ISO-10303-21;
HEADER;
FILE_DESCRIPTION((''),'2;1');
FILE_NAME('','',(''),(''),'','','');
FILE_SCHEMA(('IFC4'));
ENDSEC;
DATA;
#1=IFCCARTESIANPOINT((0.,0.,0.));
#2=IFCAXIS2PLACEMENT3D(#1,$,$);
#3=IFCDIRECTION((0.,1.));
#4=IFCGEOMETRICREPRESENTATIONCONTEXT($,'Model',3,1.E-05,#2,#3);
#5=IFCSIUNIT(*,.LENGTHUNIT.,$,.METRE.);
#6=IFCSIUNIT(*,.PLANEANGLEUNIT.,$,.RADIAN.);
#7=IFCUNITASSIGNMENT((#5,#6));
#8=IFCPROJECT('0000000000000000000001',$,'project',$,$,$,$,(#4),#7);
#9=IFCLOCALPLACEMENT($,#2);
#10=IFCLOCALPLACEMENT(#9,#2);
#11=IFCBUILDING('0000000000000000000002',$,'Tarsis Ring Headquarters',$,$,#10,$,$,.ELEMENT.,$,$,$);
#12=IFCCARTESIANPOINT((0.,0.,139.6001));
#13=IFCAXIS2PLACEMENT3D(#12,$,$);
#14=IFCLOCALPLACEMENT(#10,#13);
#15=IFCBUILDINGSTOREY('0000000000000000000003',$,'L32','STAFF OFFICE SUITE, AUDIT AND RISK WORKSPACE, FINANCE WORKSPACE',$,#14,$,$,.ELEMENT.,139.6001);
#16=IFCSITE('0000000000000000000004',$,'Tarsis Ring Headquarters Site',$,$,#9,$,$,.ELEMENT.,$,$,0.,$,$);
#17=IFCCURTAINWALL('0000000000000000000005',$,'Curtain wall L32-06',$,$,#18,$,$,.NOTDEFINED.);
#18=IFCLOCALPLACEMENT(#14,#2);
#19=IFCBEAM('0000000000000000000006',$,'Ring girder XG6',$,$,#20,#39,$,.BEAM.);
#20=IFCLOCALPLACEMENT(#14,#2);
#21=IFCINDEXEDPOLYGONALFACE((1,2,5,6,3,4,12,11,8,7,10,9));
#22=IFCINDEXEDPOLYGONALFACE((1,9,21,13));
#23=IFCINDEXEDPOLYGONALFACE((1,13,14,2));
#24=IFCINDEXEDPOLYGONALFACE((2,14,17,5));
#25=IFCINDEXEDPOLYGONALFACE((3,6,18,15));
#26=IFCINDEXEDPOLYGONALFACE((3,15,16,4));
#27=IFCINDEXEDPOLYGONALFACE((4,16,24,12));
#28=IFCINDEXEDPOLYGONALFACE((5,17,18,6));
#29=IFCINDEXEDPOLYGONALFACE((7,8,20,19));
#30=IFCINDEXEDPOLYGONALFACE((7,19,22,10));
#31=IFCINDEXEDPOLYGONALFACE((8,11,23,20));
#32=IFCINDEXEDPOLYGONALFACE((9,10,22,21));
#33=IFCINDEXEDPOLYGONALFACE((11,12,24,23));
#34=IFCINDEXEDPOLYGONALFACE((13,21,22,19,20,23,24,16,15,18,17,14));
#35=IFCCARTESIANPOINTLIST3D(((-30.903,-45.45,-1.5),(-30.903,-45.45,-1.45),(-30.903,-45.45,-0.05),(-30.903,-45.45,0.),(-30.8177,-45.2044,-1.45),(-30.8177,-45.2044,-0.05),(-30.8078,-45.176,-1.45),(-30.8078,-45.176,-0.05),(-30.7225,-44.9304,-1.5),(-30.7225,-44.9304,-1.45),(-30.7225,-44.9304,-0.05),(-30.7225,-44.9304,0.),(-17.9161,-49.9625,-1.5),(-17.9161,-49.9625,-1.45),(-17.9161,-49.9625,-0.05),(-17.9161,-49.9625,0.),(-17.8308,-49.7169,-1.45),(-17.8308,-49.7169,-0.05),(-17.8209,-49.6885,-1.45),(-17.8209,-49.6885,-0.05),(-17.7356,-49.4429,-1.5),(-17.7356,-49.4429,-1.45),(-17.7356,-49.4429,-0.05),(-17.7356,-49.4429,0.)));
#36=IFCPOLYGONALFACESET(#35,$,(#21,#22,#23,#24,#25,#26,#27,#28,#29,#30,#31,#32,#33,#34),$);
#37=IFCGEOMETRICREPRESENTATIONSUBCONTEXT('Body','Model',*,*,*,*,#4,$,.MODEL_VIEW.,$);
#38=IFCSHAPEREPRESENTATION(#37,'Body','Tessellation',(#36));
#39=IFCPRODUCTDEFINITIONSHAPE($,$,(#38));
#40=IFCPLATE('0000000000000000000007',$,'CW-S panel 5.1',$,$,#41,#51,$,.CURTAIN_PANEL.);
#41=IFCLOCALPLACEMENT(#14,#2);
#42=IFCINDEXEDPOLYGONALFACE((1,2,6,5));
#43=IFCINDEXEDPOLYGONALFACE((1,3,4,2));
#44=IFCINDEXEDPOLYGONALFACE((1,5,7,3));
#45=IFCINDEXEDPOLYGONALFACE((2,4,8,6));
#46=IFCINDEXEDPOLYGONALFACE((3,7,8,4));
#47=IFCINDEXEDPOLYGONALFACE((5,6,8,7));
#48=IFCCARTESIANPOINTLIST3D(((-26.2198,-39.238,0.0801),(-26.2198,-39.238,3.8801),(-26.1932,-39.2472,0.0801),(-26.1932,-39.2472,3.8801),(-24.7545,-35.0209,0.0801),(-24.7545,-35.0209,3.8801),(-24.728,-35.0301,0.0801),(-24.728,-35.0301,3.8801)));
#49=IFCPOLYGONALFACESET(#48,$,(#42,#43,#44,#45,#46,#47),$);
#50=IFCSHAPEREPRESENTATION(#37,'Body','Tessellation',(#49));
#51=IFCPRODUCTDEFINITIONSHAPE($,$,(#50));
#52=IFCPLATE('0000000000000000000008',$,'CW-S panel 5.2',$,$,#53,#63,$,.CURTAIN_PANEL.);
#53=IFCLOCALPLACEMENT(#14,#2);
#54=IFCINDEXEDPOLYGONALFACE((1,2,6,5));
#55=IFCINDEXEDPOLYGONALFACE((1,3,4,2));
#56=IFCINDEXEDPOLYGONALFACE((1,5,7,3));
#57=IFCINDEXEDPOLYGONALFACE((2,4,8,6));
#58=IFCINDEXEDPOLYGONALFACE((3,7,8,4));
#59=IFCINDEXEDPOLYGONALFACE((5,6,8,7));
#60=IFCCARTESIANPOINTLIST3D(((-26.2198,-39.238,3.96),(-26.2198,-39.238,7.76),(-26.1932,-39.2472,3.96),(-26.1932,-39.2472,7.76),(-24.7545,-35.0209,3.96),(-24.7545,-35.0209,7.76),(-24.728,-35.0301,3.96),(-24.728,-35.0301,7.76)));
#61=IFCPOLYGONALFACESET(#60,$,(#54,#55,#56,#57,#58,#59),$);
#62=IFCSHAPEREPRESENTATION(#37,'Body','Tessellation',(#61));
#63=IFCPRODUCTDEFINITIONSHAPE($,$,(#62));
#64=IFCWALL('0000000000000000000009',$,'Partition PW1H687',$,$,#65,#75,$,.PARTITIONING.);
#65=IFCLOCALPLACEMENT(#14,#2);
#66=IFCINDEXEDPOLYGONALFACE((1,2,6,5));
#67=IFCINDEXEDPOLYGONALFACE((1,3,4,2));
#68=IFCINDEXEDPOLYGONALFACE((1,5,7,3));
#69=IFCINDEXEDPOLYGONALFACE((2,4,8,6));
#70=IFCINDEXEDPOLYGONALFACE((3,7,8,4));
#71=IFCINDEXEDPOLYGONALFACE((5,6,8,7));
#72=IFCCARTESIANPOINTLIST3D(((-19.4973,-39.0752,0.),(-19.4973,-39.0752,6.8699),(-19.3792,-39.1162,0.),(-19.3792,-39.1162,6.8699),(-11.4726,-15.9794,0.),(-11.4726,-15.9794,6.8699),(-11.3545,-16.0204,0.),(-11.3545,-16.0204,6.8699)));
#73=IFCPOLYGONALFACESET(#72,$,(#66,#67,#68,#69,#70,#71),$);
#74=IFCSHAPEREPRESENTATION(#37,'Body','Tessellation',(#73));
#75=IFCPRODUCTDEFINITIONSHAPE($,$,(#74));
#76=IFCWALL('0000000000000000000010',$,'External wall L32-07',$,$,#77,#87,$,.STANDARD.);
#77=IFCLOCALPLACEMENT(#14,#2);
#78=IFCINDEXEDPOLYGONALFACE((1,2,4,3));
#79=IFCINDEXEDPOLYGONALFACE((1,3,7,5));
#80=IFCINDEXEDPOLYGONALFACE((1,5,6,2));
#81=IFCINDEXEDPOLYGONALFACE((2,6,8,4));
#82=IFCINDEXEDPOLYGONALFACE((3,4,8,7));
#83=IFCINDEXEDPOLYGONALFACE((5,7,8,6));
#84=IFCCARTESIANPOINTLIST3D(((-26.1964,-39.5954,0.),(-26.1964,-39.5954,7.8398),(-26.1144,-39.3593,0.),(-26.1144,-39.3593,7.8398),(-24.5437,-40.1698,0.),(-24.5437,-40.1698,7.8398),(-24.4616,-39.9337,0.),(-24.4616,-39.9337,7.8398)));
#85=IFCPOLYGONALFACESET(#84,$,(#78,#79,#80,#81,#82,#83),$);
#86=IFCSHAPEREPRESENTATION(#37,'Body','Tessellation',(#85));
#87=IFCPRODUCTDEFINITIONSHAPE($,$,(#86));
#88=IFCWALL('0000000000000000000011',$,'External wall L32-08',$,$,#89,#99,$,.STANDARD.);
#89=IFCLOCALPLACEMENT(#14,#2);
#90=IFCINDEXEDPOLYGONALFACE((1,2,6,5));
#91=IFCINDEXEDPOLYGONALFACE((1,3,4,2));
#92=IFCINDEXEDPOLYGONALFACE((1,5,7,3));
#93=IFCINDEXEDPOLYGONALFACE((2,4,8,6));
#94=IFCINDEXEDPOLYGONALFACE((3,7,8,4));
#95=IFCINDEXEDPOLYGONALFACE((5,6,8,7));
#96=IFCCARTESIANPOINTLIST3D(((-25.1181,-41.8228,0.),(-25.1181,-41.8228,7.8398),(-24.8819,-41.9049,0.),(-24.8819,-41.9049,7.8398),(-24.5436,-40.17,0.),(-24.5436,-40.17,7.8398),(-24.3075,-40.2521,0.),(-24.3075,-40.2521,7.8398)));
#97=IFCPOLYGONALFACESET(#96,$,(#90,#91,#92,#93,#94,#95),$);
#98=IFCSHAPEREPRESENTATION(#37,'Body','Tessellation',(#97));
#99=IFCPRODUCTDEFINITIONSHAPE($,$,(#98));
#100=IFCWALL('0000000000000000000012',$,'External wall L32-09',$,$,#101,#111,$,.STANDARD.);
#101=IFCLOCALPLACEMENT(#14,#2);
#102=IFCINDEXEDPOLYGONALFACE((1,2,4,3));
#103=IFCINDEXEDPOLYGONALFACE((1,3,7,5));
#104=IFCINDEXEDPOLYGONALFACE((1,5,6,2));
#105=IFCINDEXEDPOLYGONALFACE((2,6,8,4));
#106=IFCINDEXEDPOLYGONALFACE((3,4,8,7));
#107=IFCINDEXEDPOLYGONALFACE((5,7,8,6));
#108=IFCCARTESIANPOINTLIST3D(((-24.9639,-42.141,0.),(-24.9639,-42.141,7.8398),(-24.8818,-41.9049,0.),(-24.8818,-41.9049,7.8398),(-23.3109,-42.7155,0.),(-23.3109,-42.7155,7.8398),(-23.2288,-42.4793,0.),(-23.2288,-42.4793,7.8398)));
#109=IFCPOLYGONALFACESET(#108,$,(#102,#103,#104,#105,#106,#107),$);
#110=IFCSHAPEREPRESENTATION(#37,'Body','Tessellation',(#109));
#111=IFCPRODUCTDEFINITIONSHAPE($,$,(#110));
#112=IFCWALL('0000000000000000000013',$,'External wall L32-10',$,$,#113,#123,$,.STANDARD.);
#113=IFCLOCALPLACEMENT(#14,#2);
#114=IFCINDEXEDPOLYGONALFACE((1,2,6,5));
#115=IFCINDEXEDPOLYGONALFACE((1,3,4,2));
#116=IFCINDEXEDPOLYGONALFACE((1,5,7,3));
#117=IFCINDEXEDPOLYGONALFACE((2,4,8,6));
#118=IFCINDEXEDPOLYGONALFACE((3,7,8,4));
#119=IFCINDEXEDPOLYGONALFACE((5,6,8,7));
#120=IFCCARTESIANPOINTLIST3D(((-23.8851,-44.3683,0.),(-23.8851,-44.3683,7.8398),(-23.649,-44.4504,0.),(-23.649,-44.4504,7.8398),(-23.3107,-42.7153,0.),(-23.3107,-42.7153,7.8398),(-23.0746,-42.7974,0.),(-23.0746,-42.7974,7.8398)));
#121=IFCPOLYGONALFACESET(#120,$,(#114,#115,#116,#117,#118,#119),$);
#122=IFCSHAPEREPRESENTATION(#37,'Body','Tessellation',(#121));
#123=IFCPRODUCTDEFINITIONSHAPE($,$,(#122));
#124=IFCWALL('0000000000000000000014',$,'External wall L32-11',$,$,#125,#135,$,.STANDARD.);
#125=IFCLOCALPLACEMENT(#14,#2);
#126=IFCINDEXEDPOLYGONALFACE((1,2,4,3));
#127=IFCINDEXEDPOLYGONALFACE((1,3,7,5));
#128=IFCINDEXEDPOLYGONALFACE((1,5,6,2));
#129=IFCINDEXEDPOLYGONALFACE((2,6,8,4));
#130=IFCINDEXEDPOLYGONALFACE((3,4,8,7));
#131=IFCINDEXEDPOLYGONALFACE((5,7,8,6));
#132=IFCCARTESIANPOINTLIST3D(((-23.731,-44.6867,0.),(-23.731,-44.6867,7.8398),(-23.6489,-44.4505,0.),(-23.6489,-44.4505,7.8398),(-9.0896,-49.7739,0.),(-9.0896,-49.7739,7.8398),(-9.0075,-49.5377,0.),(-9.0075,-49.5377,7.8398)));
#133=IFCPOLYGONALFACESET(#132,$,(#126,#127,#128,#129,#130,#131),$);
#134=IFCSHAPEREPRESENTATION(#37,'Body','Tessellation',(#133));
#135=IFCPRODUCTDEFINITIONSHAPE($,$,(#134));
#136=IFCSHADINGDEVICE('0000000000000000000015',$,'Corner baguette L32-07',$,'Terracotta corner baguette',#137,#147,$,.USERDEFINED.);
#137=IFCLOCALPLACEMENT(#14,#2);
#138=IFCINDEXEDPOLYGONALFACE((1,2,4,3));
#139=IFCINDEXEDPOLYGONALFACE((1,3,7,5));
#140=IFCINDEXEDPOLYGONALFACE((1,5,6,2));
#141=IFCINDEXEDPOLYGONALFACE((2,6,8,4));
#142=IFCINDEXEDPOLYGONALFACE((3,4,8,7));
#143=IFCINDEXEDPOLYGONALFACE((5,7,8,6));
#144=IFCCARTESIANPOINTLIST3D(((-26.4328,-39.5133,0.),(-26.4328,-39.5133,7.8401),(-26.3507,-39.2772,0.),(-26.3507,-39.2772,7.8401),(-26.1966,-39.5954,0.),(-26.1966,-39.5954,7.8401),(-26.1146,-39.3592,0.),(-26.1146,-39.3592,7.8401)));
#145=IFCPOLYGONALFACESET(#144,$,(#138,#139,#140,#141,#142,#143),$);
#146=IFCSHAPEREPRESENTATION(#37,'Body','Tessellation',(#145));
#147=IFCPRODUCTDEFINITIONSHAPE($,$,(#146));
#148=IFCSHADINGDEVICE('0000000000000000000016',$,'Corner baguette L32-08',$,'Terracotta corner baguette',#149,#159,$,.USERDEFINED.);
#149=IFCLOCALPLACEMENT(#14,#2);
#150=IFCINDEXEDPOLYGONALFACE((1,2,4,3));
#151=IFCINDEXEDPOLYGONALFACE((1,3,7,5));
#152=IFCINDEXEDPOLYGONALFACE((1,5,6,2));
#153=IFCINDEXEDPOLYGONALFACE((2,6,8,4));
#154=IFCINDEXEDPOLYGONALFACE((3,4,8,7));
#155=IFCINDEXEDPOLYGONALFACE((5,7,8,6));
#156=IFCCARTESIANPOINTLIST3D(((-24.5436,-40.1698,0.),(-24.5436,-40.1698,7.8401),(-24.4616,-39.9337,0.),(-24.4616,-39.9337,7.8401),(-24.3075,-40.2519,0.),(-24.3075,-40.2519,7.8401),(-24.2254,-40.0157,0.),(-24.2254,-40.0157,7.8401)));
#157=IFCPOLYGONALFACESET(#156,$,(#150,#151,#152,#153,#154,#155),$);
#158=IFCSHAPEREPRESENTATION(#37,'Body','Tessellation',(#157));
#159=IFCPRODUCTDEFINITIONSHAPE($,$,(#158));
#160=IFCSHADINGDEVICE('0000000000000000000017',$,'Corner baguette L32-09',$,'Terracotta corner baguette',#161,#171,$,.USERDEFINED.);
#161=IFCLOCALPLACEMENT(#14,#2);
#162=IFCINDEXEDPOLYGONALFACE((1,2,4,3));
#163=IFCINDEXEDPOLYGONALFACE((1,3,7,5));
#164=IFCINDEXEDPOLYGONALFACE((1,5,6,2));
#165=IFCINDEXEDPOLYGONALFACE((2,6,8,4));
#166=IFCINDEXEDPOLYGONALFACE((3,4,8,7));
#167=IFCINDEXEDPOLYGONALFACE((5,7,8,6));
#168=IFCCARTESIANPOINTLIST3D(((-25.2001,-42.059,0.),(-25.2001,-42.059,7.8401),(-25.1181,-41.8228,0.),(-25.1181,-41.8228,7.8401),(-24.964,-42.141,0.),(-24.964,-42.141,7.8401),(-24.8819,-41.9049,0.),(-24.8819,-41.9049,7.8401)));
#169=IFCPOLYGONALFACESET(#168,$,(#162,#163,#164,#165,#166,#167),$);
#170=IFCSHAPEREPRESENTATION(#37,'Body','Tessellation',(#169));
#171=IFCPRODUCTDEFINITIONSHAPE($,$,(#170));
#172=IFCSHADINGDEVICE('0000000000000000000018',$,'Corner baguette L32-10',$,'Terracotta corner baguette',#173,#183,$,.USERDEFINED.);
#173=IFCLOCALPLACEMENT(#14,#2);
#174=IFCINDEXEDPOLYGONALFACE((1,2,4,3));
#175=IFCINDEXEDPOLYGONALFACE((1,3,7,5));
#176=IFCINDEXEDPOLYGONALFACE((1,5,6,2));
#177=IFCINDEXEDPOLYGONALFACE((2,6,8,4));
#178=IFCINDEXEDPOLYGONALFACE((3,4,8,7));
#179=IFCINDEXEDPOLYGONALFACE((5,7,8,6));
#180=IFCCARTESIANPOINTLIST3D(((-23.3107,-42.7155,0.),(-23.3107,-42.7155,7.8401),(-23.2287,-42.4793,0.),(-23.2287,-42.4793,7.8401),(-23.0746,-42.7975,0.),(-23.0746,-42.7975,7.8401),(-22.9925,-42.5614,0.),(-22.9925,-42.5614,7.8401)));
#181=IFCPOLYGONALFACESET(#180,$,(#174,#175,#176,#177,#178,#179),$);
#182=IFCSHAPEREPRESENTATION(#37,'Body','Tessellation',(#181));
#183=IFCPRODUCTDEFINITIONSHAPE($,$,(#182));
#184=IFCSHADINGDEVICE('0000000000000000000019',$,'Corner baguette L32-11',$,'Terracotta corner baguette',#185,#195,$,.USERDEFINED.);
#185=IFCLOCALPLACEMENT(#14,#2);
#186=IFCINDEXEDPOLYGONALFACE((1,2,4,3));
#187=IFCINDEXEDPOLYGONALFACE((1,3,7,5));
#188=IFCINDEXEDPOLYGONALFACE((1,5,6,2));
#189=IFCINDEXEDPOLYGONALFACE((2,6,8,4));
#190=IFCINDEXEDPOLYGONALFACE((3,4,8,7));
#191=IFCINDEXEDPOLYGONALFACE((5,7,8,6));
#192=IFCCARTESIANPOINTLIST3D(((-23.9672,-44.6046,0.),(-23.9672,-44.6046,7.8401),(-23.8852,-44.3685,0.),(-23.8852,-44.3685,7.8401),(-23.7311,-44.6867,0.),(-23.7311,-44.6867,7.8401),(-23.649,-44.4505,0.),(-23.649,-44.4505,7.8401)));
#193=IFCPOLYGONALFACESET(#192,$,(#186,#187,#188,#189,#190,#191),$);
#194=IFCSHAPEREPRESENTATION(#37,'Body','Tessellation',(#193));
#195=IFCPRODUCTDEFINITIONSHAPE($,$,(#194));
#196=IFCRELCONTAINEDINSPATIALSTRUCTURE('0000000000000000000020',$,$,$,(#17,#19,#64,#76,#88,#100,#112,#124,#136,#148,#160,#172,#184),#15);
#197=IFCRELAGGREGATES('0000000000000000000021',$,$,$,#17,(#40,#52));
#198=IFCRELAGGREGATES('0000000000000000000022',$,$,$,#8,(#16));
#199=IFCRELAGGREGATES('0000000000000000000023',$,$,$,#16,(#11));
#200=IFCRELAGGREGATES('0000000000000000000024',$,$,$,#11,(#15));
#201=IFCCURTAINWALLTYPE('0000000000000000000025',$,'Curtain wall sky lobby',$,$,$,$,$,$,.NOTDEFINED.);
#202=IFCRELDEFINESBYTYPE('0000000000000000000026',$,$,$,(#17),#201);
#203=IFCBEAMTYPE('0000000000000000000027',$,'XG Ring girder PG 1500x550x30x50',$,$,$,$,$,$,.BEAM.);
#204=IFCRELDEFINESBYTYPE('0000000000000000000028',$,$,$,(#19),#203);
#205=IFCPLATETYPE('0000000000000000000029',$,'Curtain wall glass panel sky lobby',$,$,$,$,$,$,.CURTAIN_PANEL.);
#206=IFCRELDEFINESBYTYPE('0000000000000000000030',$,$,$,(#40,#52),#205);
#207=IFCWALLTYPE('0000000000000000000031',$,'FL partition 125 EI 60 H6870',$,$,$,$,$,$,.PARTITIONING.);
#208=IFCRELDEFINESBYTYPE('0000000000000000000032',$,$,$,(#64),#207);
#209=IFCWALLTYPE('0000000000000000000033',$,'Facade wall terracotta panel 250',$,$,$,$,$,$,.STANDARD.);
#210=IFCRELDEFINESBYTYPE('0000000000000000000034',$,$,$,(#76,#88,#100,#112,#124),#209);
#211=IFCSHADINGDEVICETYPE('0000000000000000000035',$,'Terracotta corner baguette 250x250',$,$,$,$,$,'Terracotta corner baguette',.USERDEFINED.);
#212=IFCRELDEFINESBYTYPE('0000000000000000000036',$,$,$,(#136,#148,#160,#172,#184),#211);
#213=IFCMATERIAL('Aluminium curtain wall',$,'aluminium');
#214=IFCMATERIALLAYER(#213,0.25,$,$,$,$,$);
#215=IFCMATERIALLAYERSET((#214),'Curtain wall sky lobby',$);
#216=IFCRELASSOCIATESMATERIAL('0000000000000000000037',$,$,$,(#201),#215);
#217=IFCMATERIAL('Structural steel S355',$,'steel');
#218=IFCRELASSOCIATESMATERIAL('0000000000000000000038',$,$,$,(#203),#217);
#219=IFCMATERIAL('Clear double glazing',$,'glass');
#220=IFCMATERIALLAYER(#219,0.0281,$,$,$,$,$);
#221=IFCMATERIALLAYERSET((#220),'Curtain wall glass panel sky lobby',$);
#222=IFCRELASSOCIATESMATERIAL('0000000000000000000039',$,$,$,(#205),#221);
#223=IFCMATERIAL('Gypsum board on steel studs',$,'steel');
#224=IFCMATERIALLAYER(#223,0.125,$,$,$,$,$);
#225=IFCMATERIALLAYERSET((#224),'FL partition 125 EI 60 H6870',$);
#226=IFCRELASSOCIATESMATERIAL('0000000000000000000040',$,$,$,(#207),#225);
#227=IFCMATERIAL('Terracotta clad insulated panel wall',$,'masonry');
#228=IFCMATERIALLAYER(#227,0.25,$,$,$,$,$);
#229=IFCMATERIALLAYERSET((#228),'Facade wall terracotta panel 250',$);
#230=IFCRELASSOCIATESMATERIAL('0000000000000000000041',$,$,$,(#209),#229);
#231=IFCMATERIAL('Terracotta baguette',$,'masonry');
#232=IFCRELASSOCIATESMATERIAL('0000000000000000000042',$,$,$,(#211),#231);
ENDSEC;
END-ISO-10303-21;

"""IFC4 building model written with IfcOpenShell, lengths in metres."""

from ifc_helpers import new_model, si_unit, direction, frame, frame_2d, origin, origin_2d, place, context, subcontext, project, spatial, rectangle, i_section, extrude, material, layer, layer_set, material_profile, profile_set, type_object, element, aggregate, save


model = new_model("IFC4")

# Units and contexts
model_context = context("Model", 3, precision=1e-05, world=origin(), true_north=direction((0.0, 1.0)))
body_context = subcontext(model_context, "Body", "Model", "MODEL_VIEW")
ifc_project = project(units=[si_unit("LENGTHUNIT", "METRE"), si_unit("PLANEANGLEUNIT", "RADIAN")], contexts=[model_context])

# Site, building, storey
site_placement = place(None, origin())
site = spatial("IfcSite", under=ifc_project, at=site_placement, Name="Tarsis Ring Headquarters Site", CompositionType="ELEMENT", RefElevation=0.0)
building_placement = place(site_placement, origin())
building = spatial("IfcBuilding", under=site, at=building_placement, Name="Tarsis Ring Headquarters", CompositionType="ELEMENT")
storey_placement = place(building_placement, frame((0.0, 0.0, 139.6001)))
storey = spatial("IfcBuildingStorey", under=building, at=storey_placement, Name="L32", Description="STAFF OFFICE SUITE, AUDIT AND RISK WORKSPACE, FINANCE WORKSPACE", CompositionType="ELEMENT", Elevation=139.6001)

# Shared definitions
ifc_material_1 = material(Name="Structural steel S355", Category="steel")

# Curtain wall
ifc_material_2 = material(Name="Aluminium curtain wall", Category="aluminium")
ifc_layer_1 = layer(ifc_material_2, 0.25)
ifc_layer_set_1 = layer_set([ifc_layer_1], Name="Curtain wall sky lobby")
curtain_wall_type = type_object("IfcCurtainWallType", Name="Curtain wall sky lobby", PredefinedType="NOTDEFINED", material=ifc_layer_set_1)
curtain_wall_placement = place(storey_placement, origin())
curtain_wall = element("IfcCurtainWall", 1, at=curtain_wall_placement, inside=storey, type_object=curtain_wall_type, Name="Curtain wall L32-06", PredefinedType="NOTDEFINED")

# Beam
ifc_material_profile_1 = material_profile(ifc_material_1, i_section(OverallWidth=0.55, OverallDepth=1.5, WebThickness=0.03, FlangeThickness=0.05, at=origin_2d()), Name="PG 1500x550x30x50")
ifc_profile_set_1 = profile_set([ifc_material_profile_1], Name="Structural steel S355")
beam_type_1 = type_object("IfcBeamType", Name="XG Ring girder PG 1500x550x30x50", PredefinedType="BEAM", material=ifc_profile_set_1)
beam_1_placement = place(storey_placement, frame((-30.8127, -45.1902, -0.75), z_axis=(0.944603, -0.328215, 0.0), x_axis=(0.328215, 0.944603, 0.0)))
element("IfcBeam", 2, at=beam_1_placement, inside=storey, type_object=beam_type_1, Name="Ring girder XG6", PredefinedType="BEAM", context=body_context, shape_type="SweptSolid", body=[
    extrude(i_section(OverallWidth=0.55, OverallDepth=1.5, WebThickness=0.03, FlangeThickness=0.05, at=origin_2d()), origin(), (0.0, 0.0, 1.0), 13.7485),
])

# Plates
ifc_material_3 = material(Name="Clear double glazing", Category="glass")
ifc_layer_2 = layer(ifc_material_3, 0.0281)
ifc_layer_set_2 = layer_set([ifc_layer_2], Name="Curtain wall glass panel sky lobby")
plate_type = type_object("IfcPlateType", Name="Curtain wall glass panel sky lobby", PredefinedType="CURTAIN_PANEL", material=ifc_layer_set_2)
plate_1_placement = place(storey_placement, frame((-25.4739, -37.134, 0.0801), z_axis=(0.0, 0.0, 1.0), x_axis=(-0.328207, -0.944606, 0.0)))
plate_1 = element("IfcPlate", 3, at=plate_1_placement, type_object=plate_type, Name="CW-S panel 5.1", PredefinedType="CURTAIN_PANEL", context=body_context, shape_type="SweptSolid", body=[
    extrude(rectangle(XDim=4.4644, YDim=0.0281, at=origin_2d()), origin(), (0.0, 0.0, 1.0), 3.8),
])
plate_2_placement = place(storey_placement, frame((-25.4739, -37.134, 3.96), z_axis=(0.0, 0.0, 1.0), x_axis=(-0.328207, -0.944606, 0.0)))
plate_2 = element("IfcPlate", 4, at=plate_2_placement, type_object=plate_type, Name="CW-S panel 5.2", PredefinedType="CURTAIN_PANEL", context=body_context, shape_type="SweptSolid", body=[
    extrude(rectangle(XDim=4.4644, YDim=0.0281, at=origin_2d()), origin(), (0.0, 0.0, 1.0), 3.8),
])
aggregate(curtain_wall, [plate_1, plate_2])

# Walls
ifc_material_4 = material(Name="Gypsum board on steel studs", Category="steel")
ifc_layer_3 = layer(ifc_material_4, 0.125)
ifc_layer_set_3 = layer_set([ifc_layer_3], Name="FL partition 125 EI 60 H6870")
wall_type_1 = type_object("IfcWallType", Name="FL partition 125 EI 60 H6870", PredefinedType="PARTITIONING", material=ifc_layer_set_3)
wall_1_placement = place(storey_placement, frame((-19.4382, -39.0957, 0.0), z_axis=(0.0, 0.0, 1.0), x_axis=(0.328206, 0.944606, 0.0)))
element("IfcWall", 5, at=wall_1_placement, inside=storey, type_object=wall_type_1, Name="Partition PW1H687", PredefinedType="PARTITIONING", context=body_context, shape_type="SweptSolid", body=[
    extrude(rectangle(XDim=24.4502, YDim=0.125, at=frame_2d((12.2251, 0.0))), origin(), (0.0, 0.0, 1.0), 6.8699),
])
ifc_material_5 = material(Name="Terracotta clad insulated panel wall", Category="masonry")
ifc_layer_4 = layer(ifc_material_5, 0.25)
ifc_layer_set_4 = layer_set([ifc_layer_4], Name="Facade wall terracotta panel 250")
wall_type_2 = type_object("IfcWallType", Name="Facade wall terracotta panel 250", PredefinedType="STANDARD", material=ifc_layer_set_4)
for number, where, z_axis, x_axis, name in (
    (6, (-26.1555, -39.4773, 0.0), (0.0, 0.0, 1.0), (0.944574, -0.328299, 0.0), "External wall L32-07"),
    (7, (-24.4255, -40.2109, 0.0), (0.0, 0.0, 1.0), (-0.328299, -0.944574, 0.0), "External wall L32-08"),
):
    element("IfcWall", number, at=place(storey_placement, frame(where, z_axis=z_axis, x_axis=x_axis)), inside=storey, type_object=wall_type_2, Name=name, PredefinedType="STANDARD", context=body_context, shape_type="SweptSolid", body=[
        extrude(rectangle(XDim=1.7498, YDim=0.25, at=frame_2d((0.875, 0.0))), origin(), (0.0, 0.0, 1.0), 7.8398),
    ])
for number, where, z_axis, x_axis, name in (
    (8, (-24.9229, -42.0229, 0.0), (0.0, 0.0, 1.0), (0.944589, -0.328255, 0.0), "External wall L32-09"),
    (9, (-23.1926, -42.7563, 0.0), (0.0, 0.0, 1.0), (-0.328255, -0.944589, 0.0), "External wall L32-10"),
):
    element("IfcWall", number, at=place(storey_placement, frame(where, z_axis=z_axis, x_axis=x_axis)), inside=storey, type_object=wall_type_2, Name=name, PredefinedType="STANDARD", context=body_context, shape_type="SweptSolid", body=[
        extrude(rectangle(XDim=1.75, YDim=0.25, at=frame_2d((0.875, 0.0))), origin(), (0.0, 0.0, 1.0), 7.8398),
    ])
wall_2_placement = place(storey_placement, frame((-23.6899, -44.5686, 0.0), z_axis=(0.0, 0.0, 1.0), x_axis=(0.944607, -0.328205, 0.0)))
element("IfcWall", 10, at=wall_2_placement, inside=storey, type_object=wall_type_2, Name="External wall L32-11", PredefinedType="STANDARD", context=body_context, shape_type="SweptSolid", body=[
    extrude(rectangle(XDim=15.5, YDim=0.25, at=frame_2d((7.75, 0.0))), origin(), (0.0, 0.0, 1.0), 7.8398),
])

# Shading devices
ifc_material_6 = material(Name="Terracotta baguette", Category="masonry")
shading_device_type_1 = type_object("IfcShadingDeviceType", Name="Terracotta corner baguette 250x250", ElementType="Terracotta corner baguette", PredefinedType="USERDEFINED", material=ifc_material_6)
for number, where, z_axis, x_axis, name in (
    (11, (-26.2737, -39.4363, 0.0), (0.0, 0.0, 1.0), (-0.328207, -0.944606, 0.0), "Corner baguette L32-07"),
    (12, (-24.3845, -40.0928, 0.0), (0.0, 0.0, 1.0), (0.944606, -0.328207, 0.0), "Corner baguette L32-08"),
    (13, (-25.041, -41.9819, 0.0), (0.0, 0.0, 1.0), (-0.328208, -0.944606, 0.0), "Corner baguette L32-09"),
    (14, (-23.1516, -42.6384, 0.0), (0.0, 0.0, 1.0), (0.944606, -0.328208, 0.0), "Corner baguette L32-10"),
    (15, (-23.8081, -44.5276, 0.0), (0.0, 0.0, 1.0), (-0.328207, -0.944606, 0.0), "Corner baguette L32-11"),
):
    element("IfcShadingDevice", number, at=place(storey_placement, frame(where, z_axis=z_axis, x_axis=x_axis)), inside=storey, type_object=shading_device_type_1, Name=name, ObjectType="Terracotta corner baguette", PredefinedType="USERDEFINED", context=body_context, shape_type="SweptSolid", body=[
        extrude(rectangle(XDim=0.25, YDim=0.25, at=origin_2d()), origin(), (0.0, 0.0, 1.0), 7.8401),
    ])

save(model, "model.ifc")
